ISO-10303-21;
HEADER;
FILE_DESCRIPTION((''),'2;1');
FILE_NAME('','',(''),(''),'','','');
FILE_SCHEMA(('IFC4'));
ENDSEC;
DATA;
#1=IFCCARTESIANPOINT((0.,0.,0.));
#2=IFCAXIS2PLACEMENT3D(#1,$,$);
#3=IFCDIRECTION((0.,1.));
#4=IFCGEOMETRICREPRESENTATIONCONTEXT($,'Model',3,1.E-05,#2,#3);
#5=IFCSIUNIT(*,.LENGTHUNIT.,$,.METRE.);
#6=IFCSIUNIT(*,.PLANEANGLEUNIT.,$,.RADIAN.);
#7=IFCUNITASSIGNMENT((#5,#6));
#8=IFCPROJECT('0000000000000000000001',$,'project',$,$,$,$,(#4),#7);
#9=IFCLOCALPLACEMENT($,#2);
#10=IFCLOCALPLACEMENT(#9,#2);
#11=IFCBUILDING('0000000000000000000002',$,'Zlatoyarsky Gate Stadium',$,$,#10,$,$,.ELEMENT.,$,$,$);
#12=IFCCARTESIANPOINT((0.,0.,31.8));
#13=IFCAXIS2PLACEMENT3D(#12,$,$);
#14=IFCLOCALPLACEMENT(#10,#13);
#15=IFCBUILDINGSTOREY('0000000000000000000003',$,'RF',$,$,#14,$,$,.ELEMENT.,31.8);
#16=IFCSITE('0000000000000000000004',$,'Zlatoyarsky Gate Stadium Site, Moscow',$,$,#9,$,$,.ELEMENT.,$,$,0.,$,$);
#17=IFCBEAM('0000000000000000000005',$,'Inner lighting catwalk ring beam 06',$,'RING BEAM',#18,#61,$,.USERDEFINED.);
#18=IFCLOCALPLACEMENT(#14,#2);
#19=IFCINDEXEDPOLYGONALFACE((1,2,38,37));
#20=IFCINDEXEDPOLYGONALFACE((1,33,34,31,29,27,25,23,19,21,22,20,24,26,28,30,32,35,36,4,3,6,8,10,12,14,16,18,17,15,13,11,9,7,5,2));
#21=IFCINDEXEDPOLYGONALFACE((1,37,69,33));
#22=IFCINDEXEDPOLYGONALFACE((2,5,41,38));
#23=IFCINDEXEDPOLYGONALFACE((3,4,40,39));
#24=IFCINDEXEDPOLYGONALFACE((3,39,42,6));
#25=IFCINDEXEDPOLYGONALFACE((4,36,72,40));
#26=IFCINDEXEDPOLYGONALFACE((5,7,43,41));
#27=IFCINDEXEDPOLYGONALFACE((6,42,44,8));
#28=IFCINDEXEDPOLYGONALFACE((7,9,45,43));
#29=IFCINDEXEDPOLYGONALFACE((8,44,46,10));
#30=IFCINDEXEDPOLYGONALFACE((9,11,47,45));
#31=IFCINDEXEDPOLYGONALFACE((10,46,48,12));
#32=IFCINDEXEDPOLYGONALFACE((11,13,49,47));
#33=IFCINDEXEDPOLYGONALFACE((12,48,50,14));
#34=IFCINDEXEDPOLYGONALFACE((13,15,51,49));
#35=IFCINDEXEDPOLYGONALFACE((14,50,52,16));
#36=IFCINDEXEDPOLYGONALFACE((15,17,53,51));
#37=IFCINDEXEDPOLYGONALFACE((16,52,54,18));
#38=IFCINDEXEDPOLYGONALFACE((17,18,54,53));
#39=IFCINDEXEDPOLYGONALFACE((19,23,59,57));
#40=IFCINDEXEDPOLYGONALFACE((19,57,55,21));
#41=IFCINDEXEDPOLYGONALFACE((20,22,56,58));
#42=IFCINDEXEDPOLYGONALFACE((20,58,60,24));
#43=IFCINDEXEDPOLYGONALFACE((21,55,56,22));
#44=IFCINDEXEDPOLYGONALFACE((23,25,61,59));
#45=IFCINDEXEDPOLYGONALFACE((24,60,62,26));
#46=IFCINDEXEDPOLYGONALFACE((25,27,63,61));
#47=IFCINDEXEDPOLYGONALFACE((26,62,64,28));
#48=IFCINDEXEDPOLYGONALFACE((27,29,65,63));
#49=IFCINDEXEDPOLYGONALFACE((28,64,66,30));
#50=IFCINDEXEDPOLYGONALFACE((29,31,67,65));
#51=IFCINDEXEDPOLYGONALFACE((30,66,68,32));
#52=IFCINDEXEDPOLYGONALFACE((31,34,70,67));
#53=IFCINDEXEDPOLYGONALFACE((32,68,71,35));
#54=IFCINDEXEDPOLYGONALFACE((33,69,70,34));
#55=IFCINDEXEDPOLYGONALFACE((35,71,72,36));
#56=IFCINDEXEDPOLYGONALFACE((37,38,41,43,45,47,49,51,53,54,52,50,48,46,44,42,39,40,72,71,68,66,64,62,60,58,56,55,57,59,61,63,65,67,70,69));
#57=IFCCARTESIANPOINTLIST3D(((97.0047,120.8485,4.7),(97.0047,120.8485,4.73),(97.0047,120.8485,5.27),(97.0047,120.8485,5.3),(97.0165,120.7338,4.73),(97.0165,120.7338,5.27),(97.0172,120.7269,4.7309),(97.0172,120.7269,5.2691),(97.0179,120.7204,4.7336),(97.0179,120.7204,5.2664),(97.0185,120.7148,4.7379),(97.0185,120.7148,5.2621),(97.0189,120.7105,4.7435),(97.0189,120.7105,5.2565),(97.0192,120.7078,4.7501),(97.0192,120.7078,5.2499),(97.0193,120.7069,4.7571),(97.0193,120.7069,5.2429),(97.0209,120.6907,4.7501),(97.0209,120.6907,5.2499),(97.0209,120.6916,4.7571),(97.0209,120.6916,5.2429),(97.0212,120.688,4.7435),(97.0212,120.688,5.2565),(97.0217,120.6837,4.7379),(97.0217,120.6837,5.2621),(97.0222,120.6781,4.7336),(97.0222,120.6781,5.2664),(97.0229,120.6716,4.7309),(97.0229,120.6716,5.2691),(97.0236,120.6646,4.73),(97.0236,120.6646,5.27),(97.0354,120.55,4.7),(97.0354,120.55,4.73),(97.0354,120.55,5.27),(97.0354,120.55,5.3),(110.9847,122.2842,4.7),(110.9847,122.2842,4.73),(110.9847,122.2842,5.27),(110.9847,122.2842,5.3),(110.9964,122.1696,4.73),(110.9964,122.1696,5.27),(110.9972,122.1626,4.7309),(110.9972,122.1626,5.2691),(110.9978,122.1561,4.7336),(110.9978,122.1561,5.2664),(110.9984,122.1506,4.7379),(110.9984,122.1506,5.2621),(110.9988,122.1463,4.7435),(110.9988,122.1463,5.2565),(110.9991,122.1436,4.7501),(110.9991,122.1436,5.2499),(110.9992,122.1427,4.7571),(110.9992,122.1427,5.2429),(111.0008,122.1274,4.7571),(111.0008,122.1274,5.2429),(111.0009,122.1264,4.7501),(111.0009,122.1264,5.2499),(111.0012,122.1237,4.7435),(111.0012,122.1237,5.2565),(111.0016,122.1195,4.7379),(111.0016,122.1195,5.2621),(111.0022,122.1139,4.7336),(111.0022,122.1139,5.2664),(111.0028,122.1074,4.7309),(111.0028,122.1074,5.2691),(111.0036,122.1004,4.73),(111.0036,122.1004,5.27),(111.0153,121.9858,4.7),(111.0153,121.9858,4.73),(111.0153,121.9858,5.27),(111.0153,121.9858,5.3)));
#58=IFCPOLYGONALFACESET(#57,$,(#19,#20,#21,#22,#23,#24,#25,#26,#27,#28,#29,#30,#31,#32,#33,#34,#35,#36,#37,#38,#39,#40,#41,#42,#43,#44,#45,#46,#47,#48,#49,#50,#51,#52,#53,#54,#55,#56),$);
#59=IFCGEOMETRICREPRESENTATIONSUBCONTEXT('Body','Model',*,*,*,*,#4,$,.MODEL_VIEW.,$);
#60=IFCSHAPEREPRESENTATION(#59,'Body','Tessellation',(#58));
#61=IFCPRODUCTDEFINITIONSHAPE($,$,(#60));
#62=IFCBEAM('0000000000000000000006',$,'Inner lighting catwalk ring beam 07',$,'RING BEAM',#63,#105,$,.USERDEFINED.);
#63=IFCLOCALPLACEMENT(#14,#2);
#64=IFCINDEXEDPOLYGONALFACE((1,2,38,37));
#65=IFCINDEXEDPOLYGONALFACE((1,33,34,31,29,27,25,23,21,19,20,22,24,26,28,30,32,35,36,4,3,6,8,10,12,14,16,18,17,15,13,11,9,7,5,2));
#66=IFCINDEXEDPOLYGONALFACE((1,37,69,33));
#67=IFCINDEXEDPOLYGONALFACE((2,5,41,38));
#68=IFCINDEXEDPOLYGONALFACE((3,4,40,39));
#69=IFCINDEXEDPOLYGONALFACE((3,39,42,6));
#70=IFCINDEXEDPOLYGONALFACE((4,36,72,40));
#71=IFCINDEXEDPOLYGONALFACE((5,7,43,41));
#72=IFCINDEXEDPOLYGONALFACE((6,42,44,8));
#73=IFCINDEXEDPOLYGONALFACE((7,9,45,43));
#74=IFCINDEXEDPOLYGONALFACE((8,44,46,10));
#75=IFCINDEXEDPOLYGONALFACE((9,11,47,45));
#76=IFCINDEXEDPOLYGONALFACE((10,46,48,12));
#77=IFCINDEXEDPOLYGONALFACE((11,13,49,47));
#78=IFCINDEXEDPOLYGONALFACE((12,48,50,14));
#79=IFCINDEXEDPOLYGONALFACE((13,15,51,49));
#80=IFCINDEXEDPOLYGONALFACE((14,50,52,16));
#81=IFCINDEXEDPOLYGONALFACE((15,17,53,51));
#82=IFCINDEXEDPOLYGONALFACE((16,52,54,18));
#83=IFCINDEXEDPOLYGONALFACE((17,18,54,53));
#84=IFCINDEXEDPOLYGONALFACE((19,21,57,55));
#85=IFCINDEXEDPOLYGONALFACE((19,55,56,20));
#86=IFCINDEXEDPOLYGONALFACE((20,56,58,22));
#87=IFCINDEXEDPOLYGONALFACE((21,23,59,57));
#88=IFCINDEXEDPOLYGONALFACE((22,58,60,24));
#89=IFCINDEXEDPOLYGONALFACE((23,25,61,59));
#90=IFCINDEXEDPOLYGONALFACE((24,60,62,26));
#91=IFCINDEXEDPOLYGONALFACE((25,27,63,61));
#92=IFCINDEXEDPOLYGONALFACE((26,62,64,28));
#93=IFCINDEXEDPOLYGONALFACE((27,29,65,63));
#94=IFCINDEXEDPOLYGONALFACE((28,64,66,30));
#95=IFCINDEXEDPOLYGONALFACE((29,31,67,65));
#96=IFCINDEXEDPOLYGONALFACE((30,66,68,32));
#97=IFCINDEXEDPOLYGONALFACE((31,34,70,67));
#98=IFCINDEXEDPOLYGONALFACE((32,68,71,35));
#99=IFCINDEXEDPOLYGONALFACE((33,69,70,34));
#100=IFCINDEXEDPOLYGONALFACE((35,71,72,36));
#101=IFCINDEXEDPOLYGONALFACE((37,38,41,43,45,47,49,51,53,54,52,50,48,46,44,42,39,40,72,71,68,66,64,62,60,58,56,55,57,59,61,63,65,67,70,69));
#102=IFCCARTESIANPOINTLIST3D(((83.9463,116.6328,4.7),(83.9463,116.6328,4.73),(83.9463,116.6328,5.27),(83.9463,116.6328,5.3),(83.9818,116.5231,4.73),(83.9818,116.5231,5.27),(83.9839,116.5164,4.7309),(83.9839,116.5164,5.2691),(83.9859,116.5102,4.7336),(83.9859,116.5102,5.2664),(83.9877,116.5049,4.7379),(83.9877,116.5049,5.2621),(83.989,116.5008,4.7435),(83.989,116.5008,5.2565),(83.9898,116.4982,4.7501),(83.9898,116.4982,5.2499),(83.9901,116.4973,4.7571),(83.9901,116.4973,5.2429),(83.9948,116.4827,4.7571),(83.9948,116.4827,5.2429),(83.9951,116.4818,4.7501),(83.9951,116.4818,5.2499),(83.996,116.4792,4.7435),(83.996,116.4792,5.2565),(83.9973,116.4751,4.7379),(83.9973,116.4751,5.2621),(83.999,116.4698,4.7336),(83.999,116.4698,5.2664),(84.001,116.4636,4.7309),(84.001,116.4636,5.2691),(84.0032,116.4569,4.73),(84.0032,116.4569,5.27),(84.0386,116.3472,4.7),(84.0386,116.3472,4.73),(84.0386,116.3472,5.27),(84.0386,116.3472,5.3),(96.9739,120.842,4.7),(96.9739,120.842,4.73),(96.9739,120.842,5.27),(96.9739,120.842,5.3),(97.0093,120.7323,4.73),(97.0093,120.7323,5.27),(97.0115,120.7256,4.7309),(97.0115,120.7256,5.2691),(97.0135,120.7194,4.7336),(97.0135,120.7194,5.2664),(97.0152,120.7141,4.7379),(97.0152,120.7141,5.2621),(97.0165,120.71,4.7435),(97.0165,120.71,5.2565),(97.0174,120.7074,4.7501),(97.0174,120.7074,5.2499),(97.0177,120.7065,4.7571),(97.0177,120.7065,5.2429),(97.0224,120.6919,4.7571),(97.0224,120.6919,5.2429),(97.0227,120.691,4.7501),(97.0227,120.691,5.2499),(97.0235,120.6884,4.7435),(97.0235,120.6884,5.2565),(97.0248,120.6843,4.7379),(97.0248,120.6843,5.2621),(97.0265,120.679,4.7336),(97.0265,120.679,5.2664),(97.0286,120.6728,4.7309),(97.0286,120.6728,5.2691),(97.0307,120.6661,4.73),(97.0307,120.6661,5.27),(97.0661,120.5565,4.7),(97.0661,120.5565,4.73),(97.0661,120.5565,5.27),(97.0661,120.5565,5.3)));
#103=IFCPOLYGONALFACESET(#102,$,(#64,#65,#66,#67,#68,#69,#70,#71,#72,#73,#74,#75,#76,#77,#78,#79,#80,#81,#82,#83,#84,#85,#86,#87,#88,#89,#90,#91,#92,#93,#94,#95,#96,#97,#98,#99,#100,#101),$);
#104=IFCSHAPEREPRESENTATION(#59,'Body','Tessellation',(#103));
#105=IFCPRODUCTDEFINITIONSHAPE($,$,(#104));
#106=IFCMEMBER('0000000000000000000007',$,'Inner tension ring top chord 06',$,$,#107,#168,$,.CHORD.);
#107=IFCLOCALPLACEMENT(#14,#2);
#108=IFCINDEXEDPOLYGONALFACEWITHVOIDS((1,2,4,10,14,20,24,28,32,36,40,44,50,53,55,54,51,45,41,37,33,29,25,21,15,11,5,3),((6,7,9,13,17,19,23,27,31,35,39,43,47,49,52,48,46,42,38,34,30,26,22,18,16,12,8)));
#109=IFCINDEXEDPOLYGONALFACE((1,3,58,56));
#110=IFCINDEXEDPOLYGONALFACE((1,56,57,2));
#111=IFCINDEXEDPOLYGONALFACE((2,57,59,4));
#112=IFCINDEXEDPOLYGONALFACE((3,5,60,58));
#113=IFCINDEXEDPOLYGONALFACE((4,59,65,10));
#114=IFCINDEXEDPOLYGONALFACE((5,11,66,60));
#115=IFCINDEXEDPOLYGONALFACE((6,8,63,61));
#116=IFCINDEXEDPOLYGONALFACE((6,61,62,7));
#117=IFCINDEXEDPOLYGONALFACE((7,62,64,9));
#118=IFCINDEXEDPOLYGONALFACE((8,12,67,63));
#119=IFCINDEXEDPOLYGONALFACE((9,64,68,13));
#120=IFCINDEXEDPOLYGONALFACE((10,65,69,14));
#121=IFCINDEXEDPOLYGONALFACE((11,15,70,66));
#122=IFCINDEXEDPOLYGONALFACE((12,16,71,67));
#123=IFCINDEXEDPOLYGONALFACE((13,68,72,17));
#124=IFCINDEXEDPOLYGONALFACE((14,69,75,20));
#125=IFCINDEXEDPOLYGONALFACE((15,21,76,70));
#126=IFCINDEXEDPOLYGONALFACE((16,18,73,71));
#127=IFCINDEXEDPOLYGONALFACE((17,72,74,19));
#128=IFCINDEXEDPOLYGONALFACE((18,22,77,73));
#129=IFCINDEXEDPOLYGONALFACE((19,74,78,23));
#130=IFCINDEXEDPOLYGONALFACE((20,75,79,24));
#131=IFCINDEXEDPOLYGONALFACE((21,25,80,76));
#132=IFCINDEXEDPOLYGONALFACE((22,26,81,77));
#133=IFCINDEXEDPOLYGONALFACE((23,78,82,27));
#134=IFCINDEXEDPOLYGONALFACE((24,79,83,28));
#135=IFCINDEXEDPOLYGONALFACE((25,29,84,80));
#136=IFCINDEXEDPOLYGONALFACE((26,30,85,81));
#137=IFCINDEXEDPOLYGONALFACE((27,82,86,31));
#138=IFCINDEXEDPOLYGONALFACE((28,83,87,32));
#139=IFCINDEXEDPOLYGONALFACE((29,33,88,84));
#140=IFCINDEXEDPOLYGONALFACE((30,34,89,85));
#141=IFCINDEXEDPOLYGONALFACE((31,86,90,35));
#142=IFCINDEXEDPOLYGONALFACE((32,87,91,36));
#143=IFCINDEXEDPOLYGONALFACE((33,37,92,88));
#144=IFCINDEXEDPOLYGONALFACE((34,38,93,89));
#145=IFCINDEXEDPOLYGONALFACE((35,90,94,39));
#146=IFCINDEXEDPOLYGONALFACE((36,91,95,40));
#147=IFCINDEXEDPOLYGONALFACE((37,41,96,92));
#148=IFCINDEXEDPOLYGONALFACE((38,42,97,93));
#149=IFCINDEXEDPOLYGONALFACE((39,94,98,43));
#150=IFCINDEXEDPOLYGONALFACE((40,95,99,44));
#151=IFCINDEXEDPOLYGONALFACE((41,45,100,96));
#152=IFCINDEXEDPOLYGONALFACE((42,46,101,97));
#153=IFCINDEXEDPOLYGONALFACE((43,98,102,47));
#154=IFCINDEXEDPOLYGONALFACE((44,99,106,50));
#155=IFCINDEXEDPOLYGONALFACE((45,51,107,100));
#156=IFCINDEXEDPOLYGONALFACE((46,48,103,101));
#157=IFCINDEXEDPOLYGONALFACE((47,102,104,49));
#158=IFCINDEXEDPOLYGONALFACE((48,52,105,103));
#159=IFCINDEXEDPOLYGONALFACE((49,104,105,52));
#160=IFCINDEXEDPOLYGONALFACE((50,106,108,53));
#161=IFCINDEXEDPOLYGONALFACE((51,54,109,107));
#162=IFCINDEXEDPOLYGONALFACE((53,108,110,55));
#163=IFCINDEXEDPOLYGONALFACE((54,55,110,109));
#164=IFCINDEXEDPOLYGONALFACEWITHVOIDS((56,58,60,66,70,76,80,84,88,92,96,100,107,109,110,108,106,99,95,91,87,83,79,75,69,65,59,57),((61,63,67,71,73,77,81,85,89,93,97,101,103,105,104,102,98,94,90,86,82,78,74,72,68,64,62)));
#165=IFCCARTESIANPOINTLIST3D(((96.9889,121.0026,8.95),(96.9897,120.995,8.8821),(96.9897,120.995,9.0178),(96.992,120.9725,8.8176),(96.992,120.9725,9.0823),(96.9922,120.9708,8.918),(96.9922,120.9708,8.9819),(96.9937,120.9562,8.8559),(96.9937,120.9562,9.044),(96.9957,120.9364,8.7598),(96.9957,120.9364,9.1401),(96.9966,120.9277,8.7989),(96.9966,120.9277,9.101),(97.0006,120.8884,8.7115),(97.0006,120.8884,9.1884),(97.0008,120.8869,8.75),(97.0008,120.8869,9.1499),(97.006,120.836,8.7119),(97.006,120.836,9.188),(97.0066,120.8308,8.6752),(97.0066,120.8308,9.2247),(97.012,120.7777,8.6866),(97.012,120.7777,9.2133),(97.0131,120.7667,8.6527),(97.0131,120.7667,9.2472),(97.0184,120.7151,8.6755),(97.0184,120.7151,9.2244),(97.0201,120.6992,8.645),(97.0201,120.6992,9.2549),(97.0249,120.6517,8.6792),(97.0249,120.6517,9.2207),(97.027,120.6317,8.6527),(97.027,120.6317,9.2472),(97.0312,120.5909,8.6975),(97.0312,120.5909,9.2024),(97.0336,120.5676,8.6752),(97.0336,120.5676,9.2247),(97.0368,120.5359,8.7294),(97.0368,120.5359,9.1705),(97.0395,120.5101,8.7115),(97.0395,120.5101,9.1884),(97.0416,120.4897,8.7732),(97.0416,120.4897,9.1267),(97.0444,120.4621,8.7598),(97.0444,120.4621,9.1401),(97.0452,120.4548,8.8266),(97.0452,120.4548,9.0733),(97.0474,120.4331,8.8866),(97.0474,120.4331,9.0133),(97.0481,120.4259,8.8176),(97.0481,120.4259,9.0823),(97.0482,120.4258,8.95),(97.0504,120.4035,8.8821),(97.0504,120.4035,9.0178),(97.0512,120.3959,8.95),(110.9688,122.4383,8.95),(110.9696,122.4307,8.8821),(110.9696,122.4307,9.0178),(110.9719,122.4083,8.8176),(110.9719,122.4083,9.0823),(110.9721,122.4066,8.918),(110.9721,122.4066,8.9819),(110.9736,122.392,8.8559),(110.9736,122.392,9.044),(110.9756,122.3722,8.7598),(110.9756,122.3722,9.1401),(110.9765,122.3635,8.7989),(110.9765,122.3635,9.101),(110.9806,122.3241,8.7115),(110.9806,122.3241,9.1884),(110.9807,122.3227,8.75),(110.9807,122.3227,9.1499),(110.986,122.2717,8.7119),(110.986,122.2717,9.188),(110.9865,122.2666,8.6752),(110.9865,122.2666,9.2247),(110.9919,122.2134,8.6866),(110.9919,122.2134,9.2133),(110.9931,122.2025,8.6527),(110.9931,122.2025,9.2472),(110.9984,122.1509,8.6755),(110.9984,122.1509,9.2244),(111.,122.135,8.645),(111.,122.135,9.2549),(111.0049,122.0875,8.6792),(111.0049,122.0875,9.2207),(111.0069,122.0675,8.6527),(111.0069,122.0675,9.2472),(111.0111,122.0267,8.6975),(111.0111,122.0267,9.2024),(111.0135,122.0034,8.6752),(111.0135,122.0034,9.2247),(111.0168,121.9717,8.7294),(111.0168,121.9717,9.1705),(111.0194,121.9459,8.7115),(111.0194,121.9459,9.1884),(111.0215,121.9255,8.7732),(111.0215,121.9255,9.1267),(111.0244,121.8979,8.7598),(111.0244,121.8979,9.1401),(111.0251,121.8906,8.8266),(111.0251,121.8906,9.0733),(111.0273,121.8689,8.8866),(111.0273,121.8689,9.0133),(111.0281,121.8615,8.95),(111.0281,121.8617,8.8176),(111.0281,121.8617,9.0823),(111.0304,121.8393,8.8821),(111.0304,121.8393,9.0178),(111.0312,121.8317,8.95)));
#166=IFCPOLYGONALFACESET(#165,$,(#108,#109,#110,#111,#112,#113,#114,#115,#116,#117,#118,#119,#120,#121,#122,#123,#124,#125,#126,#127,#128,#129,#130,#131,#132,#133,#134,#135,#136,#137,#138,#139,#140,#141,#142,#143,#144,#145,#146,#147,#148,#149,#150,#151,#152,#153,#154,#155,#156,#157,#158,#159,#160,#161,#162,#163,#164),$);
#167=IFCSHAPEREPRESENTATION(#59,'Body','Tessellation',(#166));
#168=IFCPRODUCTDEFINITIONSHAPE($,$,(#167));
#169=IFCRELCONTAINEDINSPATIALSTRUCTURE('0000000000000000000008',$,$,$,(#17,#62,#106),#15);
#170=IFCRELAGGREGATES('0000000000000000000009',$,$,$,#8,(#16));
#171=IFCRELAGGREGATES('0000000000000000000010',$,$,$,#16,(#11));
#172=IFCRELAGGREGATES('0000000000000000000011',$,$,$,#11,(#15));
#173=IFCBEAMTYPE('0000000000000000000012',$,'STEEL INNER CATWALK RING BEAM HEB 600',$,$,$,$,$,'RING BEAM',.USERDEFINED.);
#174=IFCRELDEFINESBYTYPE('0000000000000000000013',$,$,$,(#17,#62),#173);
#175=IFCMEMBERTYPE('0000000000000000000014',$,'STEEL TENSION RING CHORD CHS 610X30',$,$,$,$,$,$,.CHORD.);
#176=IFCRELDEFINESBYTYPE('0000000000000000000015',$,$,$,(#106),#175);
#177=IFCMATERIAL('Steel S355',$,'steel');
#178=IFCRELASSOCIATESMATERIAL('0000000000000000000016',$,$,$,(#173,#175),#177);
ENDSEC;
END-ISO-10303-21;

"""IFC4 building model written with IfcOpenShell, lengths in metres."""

from ifc_helpers import new_model, si_unit, direction, frame, origin, origin_2d, place, context, subcontext, project, spatial, hollow_circle, i_section, extrude, material, material_profile, profile_set, type_object, element, save


model = new_model("IFC4")

# Units and contexts
model_context = context("Model", 3, precision=1e-05, world=origin(), true_north=direction((0.0, 1.0)))
body_context = subcontext(model_context, "Body", "Model", "MODEL_VIEW")
ifc_project = project(units=[si_unit("LENGTHUNIT", "METRE"), si_unit("PLANEANGLEUNIT", "RADIAN")], contexts=[model_context])

# Site, building, storey
site_placement = place(None, origin())
site = spatial("IfcSite", under=ifc_project, at=site_placement, Name="Zlatoyarsky Gate Stadium Site, Moscow", CompositionType="ELEMENT", RefElevation=0.0)
building_placement = place(site_placement, origin())
building = spatial("IfcBuilding", under=site, at=building_placement, Name="Zlatoyarsky Gate Stadium", CompositionType="ELEMENT")
storey_placement = place(building_placement, frame((0.0, 0.0, 31.8)))
storey = spatial("IfcBuildingStorey", under=building, at=storey_placement, Name="RF", CompositionType="ELEMENT", Elevation=31.8)

# Shared definitions
ifc_material_1 = material(Name="Steel S355", Category="steel")

# Beams
ifc_material_profile_1 = material_profile(ifc_material_1, i_section(OverallWidth=0.3, OverallDepth=0.6001, WebThickness=0.0154, FlangeThickness=0.03, FilletRadius=0.0271, at=origin_2d()), Name="HEB 600")
ifc_profile_set_1 = profile_set([ifc_material_profile_1], Name="Steel S355")
beam_type = type_object("IfcBeamType", Name="STEEL INNER CATWALK RING BEAM HEB 600", ElementType="RING BEAM", PredefinedType="USERDEFINED", material=ifc_profile_set_1)
beam_1_placement = place(storey_placement, frame((111.0, 122.135, 5.0), z_axis=(-0.994767, -0.102166, 0.0), x_axis=(0.102166, -0.994767, 0.0)))
element("IfcBeam", 1, at=beam_1_placement, inside=storey, type_object=beam_type, Name="Inner lighting catwalk ring beam 06", ObjectType="RING BEAM", PredefinedType="USERDEFINED", context=body_context, shape_type="SweptSolid", body=[
    extrude(i_section(OverallWidth=0.3, OverallDepth=0.6001, WebThickness=0.0154, FlangeThickness=0.03, FilletRadius=0.0271, at=origin_2d()), origin(), (0.0, 0.0, 1.0), 14.0535),
])
beam_2_placement = place(storey_placement, frame((97.02, 120.6992, 5.0), z_axis=(-0.951564, -0.307451, 0.0), x_axis=(0.307451, -0.951564, 0.0)))
element("IfcBeam", 2, at=beam_2_placement, inside=storey, type_object=beam_type, Name="Inner lighting catwalk ring beam 07", ObjectType="RING BEAM", PredefinedType="USERDEFINED", context=body_context, shape_type="SweptSolid", body=[
    extrude(i_section(OverallWidth=0.3, OverallDepth=0.6001, WebThickness=0.0154, FlangeThickness=0.03, FilletRadius=0.0271, at=origin_2d()), origin(), (0.0, 0.0, 1.0), 13.6907),
])

# Member
ifc_material_profile_2 = material_profile(ifc_material_1, hollow_circle(Radius=0.3049, WallThickness=0.03, at=origin_2d()), Name="CHS 610X30")
ifc_profile_set_2 = profile_set([ifc_material_profile_2], Name="Steel S355")
member_type_1 = type_object("IfcMemberType", Name="STEEL TENSION RING CHORD CHS 610X30", PredefinedType="CHORD", material=ifc_profile_set_2)
member_1_placement = place(storey_placement, frame((111.0, 122.135, 8.95), z_axis=(-0.994767, -0.102166, 0.0), x_axis=(0.102166, -0.994767, 0.0)))
element("IfcMember", 3, at=member_1_placement, inside=storey, type_object=member_type_1, Name="Inner tension ring top chord 06", PredefinedType="CHORD", context=body_context, shape_type="SweptSolid", body=[
    extrude(hollow_circle(Radius=0.3049, WallThickness=0.03, at=origin_2d()), origin(), (0.0, 0.0, 1.0), 14.0535),
])

save(model, "model.ifc")
